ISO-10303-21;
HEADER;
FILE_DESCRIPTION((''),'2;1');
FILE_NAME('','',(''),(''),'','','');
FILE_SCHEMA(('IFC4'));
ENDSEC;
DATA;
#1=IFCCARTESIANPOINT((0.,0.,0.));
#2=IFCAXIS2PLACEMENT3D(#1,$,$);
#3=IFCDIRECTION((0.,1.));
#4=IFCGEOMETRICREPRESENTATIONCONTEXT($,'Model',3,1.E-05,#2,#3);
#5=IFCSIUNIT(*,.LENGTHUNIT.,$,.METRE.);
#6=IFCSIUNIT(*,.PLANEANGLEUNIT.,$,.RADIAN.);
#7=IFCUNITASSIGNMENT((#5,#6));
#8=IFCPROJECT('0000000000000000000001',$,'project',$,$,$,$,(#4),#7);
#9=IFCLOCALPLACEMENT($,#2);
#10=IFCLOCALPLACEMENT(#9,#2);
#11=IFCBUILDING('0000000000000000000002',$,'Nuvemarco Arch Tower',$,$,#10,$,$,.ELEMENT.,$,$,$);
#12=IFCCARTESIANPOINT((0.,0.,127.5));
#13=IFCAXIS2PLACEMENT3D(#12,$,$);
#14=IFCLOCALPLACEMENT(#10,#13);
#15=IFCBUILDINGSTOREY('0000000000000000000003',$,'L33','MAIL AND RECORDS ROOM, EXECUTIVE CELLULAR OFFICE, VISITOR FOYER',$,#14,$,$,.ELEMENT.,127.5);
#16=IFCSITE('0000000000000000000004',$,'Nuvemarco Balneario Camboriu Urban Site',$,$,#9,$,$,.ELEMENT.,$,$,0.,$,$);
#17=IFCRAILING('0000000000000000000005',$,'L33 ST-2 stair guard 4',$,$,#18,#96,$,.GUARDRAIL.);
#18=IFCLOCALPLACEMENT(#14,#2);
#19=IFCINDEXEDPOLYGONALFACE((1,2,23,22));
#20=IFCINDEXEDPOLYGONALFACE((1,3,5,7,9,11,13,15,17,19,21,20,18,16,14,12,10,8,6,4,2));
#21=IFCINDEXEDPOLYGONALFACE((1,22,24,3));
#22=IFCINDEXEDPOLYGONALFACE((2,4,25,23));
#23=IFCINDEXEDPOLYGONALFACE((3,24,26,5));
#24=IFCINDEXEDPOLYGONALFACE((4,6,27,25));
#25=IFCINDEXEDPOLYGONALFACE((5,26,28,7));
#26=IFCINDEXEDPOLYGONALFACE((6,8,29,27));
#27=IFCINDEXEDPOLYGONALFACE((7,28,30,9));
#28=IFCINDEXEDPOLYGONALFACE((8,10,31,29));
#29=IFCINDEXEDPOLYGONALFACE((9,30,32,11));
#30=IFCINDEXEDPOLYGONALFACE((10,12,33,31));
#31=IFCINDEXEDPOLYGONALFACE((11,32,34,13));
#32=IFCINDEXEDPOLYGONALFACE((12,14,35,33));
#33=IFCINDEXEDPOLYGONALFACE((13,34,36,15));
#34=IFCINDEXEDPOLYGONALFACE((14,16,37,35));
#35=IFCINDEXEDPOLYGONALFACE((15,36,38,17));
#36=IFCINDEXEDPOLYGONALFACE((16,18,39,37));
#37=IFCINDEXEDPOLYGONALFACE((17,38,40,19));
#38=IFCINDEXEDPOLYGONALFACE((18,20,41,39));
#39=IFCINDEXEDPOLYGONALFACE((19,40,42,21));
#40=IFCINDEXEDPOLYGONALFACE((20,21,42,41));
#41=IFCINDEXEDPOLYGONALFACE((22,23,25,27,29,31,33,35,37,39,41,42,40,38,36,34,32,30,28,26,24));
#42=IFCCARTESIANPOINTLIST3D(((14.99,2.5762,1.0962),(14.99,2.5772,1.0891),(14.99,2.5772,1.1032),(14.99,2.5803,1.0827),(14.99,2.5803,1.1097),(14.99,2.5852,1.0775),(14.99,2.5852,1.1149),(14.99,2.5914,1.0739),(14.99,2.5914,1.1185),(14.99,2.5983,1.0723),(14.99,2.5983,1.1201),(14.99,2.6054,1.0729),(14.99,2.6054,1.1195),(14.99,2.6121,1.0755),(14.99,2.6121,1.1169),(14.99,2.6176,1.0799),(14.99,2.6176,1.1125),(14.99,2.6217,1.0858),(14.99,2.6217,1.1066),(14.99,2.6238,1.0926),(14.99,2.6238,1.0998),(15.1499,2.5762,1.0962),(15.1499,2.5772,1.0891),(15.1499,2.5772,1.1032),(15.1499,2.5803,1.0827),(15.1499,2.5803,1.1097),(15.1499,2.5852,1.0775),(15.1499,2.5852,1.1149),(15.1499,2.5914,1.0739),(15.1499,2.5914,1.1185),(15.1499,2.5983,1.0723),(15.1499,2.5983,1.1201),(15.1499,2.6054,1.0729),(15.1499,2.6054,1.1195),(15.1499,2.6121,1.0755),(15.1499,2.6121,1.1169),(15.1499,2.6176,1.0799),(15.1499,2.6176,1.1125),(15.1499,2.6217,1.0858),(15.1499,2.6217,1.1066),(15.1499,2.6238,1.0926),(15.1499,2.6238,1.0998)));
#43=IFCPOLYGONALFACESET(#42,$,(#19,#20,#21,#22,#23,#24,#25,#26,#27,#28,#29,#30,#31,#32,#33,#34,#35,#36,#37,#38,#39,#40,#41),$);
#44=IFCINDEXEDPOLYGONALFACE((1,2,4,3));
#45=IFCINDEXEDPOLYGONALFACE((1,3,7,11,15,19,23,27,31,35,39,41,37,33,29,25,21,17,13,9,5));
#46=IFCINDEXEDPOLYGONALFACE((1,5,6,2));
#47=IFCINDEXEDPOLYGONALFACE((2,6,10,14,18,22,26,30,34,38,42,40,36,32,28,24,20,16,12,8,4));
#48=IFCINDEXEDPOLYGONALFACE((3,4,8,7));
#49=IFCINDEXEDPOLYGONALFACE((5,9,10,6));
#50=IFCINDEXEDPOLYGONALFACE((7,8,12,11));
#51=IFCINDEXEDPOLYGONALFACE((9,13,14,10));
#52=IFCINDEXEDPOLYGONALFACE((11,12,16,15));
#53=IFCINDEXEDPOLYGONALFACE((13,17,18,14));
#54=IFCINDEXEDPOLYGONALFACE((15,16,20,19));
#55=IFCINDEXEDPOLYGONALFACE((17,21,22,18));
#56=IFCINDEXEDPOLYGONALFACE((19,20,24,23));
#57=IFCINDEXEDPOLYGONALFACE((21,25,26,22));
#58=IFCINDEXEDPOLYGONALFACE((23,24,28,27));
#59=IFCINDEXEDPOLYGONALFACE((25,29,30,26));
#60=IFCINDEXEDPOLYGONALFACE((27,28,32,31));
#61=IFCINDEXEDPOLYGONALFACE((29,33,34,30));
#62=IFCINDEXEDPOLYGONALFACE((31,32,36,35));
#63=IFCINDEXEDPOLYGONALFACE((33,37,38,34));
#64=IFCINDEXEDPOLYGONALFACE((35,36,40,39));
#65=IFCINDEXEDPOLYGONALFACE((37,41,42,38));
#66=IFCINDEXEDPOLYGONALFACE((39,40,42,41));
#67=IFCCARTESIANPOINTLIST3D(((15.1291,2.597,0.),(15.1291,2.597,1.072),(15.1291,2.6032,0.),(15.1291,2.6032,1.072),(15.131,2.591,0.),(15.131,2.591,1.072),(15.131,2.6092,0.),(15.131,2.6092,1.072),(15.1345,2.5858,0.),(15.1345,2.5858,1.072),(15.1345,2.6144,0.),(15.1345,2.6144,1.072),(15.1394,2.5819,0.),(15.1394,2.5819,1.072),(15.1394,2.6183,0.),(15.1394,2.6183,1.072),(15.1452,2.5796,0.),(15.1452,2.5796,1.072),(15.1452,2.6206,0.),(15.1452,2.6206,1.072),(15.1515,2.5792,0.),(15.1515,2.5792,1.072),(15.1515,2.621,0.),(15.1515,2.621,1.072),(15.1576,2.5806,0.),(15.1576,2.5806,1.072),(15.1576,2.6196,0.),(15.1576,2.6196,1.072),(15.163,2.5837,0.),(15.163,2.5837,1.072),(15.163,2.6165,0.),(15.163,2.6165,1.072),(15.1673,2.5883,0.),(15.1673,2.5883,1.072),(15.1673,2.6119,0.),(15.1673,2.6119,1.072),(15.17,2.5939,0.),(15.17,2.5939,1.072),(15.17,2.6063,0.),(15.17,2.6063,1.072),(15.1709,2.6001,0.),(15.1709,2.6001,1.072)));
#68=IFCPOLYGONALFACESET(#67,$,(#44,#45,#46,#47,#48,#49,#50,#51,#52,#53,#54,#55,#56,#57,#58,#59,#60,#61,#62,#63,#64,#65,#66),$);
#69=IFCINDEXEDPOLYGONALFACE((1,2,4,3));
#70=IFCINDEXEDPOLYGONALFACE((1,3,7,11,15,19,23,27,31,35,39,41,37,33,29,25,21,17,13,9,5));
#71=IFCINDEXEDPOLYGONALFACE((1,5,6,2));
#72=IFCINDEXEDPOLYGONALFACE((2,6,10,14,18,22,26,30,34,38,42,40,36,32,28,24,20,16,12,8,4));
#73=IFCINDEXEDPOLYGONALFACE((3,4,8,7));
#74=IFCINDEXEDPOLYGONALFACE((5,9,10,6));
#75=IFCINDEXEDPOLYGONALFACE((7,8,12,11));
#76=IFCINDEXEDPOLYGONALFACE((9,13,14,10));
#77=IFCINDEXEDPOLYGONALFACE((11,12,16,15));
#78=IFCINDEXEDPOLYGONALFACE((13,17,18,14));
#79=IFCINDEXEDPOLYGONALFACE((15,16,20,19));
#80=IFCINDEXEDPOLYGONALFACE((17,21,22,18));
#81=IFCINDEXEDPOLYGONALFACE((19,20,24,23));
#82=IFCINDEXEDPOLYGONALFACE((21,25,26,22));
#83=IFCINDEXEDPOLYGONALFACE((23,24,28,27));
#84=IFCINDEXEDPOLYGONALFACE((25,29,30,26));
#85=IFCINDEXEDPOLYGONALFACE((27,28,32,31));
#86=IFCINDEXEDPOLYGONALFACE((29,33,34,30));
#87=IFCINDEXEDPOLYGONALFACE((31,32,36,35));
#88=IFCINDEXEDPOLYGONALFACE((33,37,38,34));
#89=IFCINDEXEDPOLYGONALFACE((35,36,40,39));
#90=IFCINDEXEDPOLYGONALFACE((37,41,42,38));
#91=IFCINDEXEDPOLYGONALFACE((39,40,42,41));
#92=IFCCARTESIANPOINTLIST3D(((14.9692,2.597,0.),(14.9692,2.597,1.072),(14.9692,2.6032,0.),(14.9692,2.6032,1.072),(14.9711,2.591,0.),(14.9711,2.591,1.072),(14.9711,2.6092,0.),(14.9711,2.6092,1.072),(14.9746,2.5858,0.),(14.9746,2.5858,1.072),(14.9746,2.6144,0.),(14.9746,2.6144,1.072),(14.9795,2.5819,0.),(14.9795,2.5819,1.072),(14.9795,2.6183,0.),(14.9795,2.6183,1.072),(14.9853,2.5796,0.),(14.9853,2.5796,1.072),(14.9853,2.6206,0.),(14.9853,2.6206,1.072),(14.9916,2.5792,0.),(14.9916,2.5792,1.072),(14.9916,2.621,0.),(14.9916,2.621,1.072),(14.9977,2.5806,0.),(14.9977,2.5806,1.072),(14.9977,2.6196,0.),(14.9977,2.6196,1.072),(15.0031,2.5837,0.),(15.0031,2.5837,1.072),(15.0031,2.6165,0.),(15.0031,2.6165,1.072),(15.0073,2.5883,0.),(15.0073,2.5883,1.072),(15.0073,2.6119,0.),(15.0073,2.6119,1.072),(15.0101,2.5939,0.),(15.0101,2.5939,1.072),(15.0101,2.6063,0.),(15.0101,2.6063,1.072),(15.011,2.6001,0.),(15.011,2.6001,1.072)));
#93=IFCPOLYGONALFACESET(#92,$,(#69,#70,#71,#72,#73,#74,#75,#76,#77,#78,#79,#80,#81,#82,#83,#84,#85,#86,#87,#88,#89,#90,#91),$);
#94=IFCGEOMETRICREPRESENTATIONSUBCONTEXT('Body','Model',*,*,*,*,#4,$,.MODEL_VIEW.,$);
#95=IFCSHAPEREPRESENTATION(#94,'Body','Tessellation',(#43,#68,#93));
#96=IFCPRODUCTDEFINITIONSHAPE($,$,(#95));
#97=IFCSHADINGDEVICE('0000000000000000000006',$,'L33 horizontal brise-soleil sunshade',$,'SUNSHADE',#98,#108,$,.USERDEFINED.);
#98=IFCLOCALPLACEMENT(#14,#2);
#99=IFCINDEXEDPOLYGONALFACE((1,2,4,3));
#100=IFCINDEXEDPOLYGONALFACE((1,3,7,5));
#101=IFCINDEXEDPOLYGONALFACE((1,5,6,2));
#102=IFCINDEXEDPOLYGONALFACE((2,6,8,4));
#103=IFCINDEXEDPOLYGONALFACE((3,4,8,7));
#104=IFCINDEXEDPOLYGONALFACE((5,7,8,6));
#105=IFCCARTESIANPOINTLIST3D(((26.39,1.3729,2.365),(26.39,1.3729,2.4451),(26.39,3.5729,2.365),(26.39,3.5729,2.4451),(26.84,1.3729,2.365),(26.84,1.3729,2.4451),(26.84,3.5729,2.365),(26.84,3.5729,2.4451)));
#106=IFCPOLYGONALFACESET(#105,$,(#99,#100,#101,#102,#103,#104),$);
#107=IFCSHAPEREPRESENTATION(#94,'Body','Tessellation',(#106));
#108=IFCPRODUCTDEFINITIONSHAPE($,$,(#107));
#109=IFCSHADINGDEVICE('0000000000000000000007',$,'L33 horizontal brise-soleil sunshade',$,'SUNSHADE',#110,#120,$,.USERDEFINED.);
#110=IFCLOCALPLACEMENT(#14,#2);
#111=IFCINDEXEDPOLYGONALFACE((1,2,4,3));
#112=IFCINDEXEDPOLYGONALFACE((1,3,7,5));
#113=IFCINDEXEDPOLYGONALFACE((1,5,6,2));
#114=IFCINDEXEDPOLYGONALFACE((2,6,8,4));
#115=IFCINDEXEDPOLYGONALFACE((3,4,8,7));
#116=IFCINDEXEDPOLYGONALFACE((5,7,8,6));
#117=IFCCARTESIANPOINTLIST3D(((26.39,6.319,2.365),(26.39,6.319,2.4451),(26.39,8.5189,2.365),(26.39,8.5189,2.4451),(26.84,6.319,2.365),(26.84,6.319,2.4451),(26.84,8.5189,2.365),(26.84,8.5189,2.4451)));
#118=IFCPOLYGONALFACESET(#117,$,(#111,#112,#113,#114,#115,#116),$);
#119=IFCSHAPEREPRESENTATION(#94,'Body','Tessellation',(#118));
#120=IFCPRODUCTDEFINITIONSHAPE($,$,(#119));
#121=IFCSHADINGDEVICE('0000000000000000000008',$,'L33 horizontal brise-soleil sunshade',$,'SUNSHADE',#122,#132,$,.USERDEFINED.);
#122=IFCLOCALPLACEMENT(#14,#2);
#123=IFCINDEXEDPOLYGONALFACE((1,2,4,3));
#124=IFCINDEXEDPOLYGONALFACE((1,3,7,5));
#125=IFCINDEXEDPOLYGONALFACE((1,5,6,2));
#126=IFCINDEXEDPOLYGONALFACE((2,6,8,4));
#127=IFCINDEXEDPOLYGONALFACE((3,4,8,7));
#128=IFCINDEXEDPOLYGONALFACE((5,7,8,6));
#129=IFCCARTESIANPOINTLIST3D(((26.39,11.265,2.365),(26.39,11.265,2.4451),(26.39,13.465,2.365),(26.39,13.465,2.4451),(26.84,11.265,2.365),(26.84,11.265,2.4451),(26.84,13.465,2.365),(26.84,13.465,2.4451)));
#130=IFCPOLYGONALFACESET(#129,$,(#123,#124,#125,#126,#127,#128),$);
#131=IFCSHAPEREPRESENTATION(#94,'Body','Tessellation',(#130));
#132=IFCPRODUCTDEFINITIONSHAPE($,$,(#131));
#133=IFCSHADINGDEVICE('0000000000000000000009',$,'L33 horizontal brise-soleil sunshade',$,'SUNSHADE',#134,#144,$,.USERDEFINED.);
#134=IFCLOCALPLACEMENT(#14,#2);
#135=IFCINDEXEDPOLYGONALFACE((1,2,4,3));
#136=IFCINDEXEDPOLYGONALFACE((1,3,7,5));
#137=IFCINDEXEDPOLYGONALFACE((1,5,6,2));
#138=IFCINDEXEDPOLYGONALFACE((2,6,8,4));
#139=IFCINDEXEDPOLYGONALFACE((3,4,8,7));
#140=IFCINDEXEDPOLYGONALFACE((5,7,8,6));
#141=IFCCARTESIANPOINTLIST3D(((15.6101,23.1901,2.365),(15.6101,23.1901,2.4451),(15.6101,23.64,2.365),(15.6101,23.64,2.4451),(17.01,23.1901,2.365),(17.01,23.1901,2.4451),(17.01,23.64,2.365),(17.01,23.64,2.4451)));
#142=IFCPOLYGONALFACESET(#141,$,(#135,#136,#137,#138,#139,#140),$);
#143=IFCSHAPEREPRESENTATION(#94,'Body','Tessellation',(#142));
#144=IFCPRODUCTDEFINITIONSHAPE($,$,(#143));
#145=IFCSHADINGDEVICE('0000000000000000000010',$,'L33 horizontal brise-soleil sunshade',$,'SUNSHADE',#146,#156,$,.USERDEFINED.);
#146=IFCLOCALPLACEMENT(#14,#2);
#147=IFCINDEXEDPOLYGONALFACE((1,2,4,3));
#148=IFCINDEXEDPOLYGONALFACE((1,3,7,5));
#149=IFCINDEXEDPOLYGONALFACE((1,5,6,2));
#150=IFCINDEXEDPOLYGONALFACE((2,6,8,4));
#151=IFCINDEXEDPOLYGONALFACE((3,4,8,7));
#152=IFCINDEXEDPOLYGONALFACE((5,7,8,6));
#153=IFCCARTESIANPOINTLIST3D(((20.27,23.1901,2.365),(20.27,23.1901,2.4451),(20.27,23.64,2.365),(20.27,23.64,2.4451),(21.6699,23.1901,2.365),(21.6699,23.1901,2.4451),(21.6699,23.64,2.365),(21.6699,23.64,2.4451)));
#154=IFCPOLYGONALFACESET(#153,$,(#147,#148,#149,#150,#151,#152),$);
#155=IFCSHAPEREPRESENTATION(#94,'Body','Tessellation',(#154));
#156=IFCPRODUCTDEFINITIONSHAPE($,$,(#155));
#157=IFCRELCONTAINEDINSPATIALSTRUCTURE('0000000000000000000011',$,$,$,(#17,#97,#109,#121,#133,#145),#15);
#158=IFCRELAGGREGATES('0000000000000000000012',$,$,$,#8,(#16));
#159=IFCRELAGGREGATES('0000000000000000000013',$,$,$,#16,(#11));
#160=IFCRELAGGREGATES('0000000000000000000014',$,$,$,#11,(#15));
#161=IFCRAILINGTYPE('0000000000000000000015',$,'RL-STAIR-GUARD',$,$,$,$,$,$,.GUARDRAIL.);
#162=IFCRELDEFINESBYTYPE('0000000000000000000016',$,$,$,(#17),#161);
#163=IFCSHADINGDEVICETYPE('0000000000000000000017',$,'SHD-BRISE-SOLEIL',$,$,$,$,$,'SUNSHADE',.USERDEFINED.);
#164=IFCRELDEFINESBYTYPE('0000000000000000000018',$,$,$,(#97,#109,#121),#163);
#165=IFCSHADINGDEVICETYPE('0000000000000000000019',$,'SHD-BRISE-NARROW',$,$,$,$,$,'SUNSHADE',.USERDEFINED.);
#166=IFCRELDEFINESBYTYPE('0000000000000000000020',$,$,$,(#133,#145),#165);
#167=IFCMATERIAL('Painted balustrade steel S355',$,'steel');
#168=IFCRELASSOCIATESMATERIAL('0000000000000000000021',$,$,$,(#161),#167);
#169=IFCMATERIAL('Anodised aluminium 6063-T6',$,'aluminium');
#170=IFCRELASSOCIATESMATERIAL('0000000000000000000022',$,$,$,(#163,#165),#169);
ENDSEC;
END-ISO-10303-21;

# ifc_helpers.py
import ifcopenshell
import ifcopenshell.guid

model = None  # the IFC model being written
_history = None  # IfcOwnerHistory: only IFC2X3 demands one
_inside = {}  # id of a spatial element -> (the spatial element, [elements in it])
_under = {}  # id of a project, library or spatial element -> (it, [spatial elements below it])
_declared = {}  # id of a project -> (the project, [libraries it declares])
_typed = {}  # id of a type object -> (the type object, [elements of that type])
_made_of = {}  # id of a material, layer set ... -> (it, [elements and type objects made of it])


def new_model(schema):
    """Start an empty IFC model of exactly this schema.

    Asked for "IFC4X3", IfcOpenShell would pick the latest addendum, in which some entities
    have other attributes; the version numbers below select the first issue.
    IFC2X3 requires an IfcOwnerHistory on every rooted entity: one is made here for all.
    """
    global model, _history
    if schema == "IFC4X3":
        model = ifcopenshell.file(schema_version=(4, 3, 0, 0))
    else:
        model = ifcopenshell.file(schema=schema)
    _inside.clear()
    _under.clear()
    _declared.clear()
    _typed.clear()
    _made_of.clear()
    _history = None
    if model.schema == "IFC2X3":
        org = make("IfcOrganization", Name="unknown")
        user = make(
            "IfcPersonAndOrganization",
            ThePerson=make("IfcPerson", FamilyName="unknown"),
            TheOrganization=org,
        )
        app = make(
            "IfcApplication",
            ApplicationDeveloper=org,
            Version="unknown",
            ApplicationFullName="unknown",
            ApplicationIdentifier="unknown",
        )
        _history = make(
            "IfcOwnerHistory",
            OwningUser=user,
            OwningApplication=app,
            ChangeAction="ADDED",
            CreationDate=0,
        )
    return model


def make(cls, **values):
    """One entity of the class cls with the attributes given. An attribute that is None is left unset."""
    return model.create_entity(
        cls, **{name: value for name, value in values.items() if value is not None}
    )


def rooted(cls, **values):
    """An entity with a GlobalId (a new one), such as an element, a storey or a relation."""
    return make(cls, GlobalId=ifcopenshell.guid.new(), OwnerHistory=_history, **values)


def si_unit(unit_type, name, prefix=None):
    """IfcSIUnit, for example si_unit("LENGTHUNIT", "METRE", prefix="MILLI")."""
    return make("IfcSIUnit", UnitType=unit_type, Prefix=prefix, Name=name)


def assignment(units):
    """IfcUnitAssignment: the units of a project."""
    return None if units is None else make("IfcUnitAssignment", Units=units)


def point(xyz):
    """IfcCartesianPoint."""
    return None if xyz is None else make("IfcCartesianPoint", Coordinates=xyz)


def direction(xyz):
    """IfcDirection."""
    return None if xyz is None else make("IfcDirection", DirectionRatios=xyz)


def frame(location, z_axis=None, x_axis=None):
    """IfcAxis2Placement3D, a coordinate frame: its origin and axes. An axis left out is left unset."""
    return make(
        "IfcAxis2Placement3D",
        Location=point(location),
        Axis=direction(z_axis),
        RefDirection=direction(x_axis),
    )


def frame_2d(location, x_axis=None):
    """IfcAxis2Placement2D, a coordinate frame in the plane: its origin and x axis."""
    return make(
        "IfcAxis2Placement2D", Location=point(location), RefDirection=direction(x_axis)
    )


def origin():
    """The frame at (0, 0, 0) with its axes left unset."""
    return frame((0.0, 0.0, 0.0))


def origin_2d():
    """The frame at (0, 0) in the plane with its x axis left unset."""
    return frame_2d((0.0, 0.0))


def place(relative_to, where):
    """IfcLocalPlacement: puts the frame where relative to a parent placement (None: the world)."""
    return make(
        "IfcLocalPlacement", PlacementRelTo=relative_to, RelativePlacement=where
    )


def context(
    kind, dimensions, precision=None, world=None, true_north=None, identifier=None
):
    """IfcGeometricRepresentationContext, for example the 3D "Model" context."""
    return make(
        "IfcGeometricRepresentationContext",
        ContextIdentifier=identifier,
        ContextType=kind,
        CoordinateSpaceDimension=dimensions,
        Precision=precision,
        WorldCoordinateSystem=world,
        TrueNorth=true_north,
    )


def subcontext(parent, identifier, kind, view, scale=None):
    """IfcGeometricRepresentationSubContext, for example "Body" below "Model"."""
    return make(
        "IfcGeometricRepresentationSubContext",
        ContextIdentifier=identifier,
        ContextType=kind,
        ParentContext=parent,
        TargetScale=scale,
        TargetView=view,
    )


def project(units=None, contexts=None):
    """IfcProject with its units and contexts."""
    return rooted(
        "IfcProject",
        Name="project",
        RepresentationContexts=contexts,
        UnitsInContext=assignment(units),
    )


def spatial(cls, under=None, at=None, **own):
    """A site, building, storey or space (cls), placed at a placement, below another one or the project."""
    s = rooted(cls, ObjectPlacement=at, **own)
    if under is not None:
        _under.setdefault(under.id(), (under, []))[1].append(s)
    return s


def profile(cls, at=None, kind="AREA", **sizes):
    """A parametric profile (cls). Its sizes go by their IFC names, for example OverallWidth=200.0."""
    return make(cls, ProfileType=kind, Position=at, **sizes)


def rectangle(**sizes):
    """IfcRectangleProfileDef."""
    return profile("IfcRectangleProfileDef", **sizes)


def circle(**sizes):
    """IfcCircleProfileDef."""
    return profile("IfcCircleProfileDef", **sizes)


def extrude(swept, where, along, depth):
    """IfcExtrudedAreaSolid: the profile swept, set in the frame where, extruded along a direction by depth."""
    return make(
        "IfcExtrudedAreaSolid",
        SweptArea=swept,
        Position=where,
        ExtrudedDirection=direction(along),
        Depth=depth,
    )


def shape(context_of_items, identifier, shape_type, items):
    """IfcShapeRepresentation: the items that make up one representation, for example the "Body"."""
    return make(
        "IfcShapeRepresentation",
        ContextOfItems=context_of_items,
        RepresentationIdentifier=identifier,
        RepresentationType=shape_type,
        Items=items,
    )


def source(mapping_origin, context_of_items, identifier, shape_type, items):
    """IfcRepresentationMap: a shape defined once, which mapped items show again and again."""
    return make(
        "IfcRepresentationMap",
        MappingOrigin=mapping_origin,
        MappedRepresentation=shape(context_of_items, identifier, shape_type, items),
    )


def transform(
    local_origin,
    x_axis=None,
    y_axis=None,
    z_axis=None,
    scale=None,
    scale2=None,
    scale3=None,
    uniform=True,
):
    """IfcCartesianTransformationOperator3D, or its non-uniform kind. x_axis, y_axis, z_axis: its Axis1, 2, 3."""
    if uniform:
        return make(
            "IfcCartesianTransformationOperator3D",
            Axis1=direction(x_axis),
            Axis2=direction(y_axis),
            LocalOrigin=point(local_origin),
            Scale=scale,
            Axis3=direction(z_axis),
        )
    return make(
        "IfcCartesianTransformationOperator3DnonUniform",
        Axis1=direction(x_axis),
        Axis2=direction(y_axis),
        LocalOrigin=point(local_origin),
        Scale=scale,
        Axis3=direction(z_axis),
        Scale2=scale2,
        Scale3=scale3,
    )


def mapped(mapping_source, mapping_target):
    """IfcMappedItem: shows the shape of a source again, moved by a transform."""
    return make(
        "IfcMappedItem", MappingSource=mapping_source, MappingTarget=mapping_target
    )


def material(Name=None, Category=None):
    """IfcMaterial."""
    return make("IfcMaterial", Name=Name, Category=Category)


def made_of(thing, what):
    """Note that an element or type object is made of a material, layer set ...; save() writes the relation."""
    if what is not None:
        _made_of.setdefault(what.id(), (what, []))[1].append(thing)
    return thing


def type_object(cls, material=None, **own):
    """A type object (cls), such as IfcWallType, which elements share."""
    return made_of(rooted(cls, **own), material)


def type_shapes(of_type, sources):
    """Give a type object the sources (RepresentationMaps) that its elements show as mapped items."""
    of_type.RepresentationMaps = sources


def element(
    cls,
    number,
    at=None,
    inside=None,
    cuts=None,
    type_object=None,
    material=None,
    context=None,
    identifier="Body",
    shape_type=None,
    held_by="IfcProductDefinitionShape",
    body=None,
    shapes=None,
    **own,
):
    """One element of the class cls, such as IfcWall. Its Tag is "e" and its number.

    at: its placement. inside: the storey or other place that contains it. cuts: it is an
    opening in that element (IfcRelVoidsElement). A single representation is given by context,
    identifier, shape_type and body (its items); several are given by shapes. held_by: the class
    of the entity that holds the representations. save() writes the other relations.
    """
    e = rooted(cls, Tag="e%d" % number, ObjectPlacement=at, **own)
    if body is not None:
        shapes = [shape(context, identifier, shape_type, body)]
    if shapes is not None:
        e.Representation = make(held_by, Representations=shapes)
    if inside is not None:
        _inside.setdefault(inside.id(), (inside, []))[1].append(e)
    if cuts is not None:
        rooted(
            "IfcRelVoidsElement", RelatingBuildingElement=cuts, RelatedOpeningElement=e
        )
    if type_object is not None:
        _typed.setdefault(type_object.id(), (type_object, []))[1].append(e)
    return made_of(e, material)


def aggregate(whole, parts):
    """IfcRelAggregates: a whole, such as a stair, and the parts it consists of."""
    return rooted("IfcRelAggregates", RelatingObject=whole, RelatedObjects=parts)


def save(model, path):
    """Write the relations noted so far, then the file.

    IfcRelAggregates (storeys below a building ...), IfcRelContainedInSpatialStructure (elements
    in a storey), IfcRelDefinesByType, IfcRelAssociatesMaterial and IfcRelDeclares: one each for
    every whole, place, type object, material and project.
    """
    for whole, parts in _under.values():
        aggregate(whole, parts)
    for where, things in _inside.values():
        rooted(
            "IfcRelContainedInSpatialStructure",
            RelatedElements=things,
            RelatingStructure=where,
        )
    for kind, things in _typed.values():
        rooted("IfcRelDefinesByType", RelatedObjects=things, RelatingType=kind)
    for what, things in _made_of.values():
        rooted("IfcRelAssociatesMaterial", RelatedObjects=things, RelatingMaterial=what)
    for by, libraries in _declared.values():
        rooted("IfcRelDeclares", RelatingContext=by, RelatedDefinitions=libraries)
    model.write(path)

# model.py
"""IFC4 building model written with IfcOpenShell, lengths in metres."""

from ifc_helpers import new_model, si_unit, direction, frame, origin, origin_2d, place, context, subcontext, project, spatial, rectangle, circle, extrude, source, transform, mapped, material, type_object, type_shapes, element, save


model = new_model("IFC4")

# Units and contexts
model_context = context("Model", 3, precision=1e-05, world=origin(), true_north=direction((0.0, 1.0)))
body_context = subcontext(model_context, "Body", "Model", "MODEL_VIEW")
ifc_project = project(units=[si_unit("LENGTHUNIT", "METRE"), si_unit("PLANEANGLEUNIT", "RADIAN")], contexts=[model_context])

# Site, building, storey
site_placement = place(None, origin())
site = spatial("IfcSite", under=ifc_project, at=site_placement, Name="Nuvemarco Balneario Camboriu Urban Site", CompositionType="ELEMENT", RefElevation=0.0)
building_placement = place(site_placement, origin())
building = spatial("IfcBuilding", under=site, at=building_placement, Name="Nuvemarco Arch Tower", CompositionType="ELEMENT")
storey_placement = place(building_placement, frame((0.0, 0.0, 127.5)))
storey = spatial("IfcBuildingStorey", under=building, at=storey_placement, Name="L33", Description="MAIL AND RECORDS ROOM, EXECUTIVE CELLULAR OFFICE, VISITOR FOYER", CompositionType="ELEMENT", Elevation=127.5)

# Railing
ifc_material_1 = material(Name="Painted balustrade steel S355", Category="steel")
railing_type_1 = type_object("IfcRailingType", Name="RL-STAIR-GUARD", PredefinedType="GUARDRAIL", material=ifc_material_1)
railing_1_placement = place(storey_placement, frame((15.1499, 2.6001, 0.0)))
element("IfcRailing", 1, at=railing_1_placement, inside=storey, type_object=railing_type_1, Name="L33 ST-2 stair guard 4", PredefinedType="GUARDRAIL", context=body_context, shape_type="SweptSolid", body=[
    extrude(circle(Radius=0.0239, at=origin_2d()), frame((0.0, 0.0, 1.0962), z_axis=(-1.0, 0.0, 0.0), x_axis=(0.0, -1.0, 0.0)), (0.0, 0.0, 1.0), 0.1599),
    extrude(circle(Radius=0.021, at=origin_2d()), origin(), (0.0, 0.0, 1.0), 1.072),
    extrude(circle(Radius=0.021, at=origin_2d()), frame((-0.1599, 0.0, 0.0)), (0.0, 0.0, 1.0), 1.072),
])

# Shading devices
ifc_material_2 = material(Name="Anodised aluminium 6063-T6", Category="aluminium")
shading_device_type_1 = type_object("IfcShadingDeviceType", Name="SHD-BRISE-SOLEIL", ElementType="SUNSHADE", PredefinedType="USERDEFINED", material=ifc_material_2)
shared_shape_1 = source(origin(), body_context, "Body", "SweptSolid", [
    extrude(rectangle(XDim=2.2, YDim=0.45, at=origin_2d()), origin(), (0.0, 0.0, 1.0), 0.0801),
])
type_shapes(shading_device_type_1, [shared_shape_1])
for number, where, z_axis, x_axis, name in (
    (2, (26.615, 2.4729, 2.365), (0.0, 0.0, 1.0), (0.0, 1.0, 0.0), "L33 horizontal brise-soleil sunshade"),
    (3, (26.615, 7.4189, 2.365), (0.0, 0.0, 1.0), (0.0, 1.0, 0.0), "L33 horizontal brise-soleil sunshade"),
    (4, (26.615, 12.365, 2.365), (0.0, 0.0, 1.0), (0.0, 1.0, 0.0), "L33 horizontal brise-soleil sunshade"),
):
    element("IfcShadingDevice", number, at=place(storey_placement, frame(where, z_axis=z_axis, x_axis=x_axis)), inside=storey, type_object=shading_device_type_1, Name=name, ObjectType="SUNSHADE", PredefinedType="USERDEFINED", context=body_context, shape_type="MappedRepresentation", body=[
        mapped(shared_shape_1, transform((0.0, 0.0, 0.0), scale=1.0)),
    ])
shading_device_type_2 = type_object("IfcShadingDeviceType", Name="SHD-BRISE-NARROW", ElementType="SUNSHADE", PredefinedType="USERDEFINED", material=ifc_material_2)
shared_shape_2 = source(origin(), body_context, "Body", "SweptSolid", [
    extrude(rectangle(XDim=1.3999, YDim=0.45, at=origin_2d()), origin(), (0.0, 0.0, 1.0), 0.0801),
])
type_shapes(shading_device_type_2, [shared_shape_2])
for number, where, z_axis, x_axis, name in (
    (5, (16.3101, 23.415, 2.365), (0.0, 0.0, 1.0), (1.0, 0.0, 0.0), "L33 horizontal brise-soleil sunshade"),
    (6, (20.97, 23.415, 2.365), (0.0, 0.0, 1.0), (1.0, 0.0, 0.0), "L33 horizontal brise-soleil sunshade"),
):
    element("IfcShadingDevice", number, at=place(storey_placement, frame(where, z_axis=z_axis, x_axis=x_axis)), inside=storey, type_object=shading_device_type_2, Name=name, ObjectType="SUNSHADE", PredefinedType="USERDEFINED", context=body_context, shape_type="MappedRepresentation", body=[
        mapped(shared_shape_2, transform((0.0, 0.0, 0.0), scale=1.0)),
    ])

save(model, "model.ifc")
